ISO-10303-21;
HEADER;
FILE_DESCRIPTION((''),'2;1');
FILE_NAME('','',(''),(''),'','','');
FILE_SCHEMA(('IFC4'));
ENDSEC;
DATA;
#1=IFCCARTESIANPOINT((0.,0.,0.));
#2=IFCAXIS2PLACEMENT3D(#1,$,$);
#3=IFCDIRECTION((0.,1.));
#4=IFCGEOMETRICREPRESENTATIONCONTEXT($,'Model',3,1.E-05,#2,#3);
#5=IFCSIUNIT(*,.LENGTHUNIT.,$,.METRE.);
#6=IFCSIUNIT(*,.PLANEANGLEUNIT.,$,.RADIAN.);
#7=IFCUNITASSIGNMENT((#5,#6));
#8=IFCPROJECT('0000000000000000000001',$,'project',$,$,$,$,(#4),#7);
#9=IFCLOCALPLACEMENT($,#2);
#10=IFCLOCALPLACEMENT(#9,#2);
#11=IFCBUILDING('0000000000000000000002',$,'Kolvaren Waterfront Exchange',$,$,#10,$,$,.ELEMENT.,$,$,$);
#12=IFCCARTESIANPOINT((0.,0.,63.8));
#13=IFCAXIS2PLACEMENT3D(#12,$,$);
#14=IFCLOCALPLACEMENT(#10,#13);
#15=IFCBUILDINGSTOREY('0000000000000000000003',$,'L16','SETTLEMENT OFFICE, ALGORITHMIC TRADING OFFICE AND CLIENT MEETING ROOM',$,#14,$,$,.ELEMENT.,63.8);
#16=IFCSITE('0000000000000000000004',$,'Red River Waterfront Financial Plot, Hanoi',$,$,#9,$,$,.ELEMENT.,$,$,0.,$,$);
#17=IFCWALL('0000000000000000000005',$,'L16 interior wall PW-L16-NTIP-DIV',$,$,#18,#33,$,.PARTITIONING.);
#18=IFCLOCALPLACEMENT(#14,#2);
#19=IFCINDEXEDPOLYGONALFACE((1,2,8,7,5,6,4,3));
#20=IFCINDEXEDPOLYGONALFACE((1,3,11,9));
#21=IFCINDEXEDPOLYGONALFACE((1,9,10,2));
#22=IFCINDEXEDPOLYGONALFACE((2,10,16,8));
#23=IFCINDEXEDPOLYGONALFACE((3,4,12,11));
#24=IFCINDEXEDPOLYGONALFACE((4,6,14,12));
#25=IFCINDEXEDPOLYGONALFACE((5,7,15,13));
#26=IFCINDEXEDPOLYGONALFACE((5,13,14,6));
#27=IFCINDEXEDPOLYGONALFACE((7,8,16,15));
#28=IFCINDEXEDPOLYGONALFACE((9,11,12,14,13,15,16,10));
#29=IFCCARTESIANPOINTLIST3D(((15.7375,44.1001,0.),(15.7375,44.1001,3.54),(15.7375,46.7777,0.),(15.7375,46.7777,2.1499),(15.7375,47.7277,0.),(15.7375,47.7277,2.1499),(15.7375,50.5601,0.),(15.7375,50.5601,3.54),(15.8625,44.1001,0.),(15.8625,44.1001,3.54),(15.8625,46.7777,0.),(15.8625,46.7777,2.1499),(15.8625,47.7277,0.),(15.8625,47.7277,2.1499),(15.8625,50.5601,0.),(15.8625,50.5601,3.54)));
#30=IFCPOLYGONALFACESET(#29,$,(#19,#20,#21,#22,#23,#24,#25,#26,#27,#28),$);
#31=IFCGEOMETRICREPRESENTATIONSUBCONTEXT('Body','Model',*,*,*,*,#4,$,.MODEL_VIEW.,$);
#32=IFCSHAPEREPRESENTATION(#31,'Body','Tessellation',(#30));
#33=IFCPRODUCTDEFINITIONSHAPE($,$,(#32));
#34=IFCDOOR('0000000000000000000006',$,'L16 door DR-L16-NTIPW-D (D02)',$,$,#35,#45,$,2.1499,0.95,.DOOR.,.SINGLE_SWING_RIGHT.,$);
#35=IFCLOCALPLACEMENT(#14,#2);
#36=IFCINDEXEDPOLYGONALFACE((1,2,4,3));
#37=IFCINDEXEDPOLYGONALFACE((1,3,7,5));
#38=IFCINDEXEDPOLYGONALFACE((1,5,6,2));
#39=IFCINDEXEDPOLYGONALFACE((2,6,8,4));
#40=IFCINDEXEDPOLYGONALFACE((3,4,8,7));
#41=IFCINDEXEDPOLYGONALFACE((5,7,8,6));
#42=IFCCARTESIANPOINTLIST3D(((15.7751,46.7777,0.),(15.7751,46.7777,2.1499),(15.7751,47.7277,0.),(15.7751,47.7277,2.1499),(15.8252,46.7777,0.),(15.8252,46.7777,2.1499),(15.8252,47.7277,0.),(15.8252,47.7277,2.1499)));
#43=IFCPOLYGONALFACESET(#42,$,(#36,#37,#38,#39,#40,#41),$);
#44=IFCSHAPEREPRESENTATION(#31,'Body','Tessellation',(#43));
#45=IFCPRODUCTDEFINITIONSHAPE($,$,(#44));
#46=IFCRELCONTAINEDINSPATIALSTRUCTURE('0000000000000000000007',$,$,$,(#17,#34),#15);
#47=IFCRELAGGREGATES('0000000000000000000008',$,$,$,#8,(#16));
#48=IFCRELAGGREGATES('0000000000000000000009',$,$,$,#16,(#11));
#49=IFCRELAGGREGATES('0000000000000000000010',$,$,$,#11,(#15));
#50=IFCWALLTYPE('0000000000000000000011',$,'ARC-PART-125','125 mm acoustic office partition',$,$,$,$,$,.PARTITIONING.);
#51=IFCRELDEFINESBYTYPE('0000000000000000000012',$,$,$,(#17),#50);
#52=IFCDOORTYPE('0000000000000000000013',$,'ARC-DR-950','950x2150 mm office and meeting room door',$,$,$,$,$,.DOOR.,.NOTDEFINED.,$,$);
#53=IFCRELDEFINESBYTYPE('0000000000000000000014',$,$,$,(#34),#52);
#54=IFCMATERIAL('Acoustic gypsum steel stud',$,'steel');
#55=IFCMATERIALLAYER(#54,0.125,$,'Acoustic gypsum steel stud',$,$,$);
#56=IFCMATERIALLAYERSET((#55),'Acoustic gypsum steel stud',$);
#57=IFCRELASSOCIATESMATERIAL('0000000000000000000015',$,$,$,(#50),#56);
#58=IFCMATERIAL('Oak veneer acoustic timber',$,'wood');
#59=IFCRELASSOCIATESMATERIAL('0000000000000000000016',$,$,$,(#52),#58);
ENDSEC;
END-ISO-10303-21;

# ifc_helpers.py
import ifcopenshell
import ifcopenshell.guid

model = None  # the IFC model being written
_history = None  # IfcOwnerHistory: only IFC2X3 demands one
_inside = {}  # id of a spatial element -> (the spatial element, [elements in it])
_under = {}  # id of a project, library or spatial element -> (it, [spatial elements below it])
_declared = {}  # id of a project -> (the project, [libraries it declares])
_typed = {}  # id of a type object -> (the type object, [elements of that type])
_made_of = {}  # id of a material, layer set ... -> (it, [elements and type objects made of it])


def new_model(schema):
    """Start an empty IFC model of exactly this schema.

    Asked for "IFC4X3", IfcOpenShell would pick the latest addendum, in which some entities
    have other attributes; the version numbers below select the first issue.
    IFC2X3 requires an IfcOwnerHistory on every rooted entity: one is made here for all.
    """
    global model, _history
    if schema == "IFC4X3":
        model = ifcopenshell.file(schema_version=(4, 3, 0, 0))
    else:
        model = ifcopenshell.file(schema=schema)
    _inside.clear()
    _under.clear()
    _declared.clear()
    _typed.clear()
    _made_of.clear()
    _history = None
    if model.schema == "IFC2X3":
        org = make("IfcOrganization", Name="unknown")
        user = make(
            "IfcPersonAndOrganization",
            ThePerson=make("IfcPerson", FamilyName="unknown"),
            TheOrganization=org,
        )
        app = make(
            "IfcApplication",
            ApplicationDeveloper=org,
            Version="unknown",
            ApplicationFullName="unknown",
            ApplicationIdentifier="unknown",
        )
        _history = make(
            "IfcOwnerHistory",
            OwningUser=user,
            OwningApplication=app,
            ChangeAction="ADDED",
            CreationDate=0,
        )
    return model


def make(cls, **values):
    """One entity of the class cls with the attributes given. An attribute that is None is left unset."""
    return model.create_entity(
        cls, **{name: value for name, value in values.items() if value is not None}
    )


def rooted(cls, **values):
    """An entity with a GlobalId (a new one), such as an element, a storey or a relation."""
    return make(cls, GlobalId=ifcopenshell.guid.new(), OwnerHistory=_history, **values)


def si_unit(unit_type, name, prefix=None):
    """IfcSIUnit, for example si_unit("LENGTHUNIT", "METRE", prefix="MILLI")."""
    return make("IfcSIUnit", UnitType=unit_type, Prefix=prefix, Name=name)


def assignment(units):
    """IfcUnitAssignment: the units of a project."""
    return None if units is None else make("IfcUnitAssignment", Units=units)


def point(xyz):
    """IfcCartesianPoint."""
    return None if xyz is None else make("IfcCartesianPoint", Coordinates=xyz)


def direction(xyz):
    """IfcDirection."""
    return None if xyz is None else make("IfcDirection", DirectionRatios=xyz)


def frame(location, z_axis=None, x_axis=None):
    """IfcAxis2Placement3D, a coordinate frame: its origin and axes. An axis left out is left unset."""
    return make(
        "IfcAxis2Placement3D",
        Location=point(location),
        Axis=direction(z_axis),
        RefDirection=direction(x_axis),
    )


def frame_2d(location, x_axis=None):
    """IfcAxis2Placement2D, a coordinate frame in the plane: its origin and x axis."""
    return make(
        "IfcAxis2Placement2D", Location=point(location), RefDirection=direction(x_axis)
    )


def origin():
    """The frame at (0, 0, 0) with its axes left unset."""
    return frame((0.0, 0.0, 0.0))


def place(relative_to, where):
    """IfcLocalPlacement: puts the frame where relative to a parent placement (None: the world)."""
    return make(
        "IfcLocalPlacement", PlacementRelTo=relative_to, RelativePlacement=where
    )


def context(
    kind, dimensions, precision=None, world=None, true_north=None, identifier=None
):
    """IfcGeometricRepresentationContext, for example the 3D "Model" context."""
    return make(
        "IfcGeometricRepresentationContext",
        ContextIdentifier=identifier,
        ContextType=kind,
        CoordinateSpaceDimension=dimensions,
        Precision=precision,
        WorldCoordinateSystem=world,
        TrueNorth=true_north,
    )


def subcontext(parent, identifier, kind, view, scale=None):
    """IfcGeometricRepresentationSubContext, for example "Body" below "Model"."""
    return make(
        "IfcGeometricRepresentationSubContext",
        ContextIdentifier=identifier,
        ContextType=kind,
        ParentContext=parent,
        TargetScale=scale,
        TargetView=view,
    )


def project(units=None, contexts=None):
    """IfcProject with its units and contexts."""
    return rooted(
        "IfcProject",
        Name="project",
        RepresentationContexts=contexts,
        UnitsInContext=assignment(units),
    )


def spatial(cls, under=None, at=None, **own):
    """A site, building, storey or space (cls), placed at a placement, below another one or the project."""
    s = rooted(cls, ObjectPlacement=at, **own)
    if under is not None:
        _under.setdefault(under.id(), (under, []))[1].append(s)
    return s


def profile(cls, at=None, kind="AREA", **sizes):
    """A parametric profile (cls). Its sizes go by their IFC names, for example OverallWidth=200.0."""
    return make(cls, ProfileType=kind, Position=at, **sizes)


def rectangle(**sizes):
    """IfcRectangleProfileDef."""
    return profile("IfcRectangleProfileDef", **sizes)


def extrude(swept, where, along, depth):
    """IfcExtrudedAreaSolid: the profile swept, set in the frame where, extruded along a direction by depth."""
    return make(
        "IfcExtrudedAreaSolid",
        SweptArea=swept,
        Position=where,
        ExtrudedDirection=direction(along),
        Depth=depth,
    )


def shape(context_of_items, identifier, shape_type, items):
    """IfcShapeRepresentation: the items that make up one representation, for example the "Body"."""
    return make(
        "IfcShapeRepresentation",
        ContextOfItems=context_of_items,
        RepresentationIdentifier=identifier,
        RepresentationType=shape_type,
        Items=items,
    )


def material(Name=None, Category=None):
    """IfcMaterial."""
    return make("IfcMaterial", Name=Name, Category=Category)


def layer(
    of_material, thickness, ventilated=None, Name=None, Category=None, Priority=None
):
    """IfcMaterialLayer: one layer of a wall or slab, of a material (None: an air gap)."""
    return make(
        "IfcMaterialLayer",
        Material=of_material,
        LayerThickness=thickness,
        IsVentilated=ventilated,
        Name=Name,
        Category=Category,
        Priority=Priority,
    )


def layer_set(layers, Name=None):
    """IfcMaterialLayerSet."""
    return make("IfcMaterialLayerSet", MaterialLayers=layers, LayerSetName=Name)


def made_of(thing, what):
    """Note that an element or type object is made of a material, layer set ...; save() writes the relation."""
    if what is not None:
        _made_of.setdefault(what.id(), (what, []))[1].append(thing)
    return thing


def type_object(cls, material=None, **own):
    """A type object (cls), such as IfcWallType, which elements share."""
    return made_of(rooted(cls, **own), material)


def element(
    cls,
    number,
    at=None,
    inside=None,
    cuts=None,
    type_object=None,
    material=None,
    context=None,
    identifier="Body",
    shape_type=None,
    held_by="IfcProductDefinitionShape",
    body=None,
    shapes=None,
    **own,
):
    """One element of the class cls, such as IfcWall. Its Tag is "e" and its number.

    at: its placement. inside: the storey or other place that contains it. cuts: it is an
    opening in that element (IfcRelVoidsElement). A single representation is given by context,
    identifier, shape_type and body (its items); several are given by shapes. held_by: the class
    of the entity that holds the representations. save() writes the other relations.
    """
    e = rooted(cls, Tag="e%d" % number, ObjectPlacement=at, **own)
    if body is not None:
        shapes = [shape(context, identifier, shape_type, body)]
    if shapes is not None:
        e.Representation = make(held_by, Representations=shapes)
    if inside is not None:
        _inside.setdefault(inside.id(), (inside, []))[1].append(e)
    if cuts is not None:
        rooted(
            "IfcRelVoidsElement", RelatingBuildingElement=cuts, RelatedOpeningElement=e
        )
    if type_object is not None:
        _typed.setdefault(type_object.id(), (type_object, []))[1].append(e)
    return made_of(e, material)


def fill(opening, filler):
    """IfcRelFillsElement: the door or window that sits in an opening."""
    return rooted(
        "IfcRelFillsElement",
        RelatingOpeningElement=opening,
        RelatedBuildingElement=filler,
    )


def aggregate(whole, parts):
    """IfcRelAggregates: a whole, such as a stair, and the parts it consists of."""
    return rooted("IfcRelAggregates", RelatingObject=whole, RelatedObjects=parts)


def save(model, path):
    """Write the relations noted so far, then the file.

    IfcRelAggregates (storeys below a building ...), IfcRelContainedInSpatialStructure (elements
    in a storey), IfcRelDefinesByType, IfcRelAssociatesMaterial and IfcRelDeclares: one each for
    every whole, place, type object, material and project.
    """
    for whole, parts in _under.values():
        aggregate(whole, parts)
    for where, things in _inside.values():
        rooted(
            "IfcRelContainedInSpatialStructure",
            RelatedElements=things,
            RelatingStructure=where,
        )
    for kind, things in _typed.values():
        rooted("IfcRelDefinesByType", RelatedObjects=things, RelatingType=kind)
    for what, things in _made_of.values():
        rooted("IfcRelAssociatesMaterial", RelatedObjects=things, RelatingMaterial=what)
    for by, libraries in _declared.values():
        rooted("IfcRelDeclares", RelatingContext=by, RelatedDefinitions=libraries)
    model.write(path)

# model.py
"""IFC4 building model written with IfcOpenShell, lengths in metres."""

from ifc_helpers import new_model, si_unit, direction, frame, frame_2d, origin, place, context, subcontext, project, spatial, rectangle, extrude, material, layer, layer_set, type_object, element, fill, save


model = new_model("IFC4")

# Units and contexts
model_context = context("Model", 3, precision=1e-05, world=origin(), true_north=direction((0.0, 1.0)))
body_context = subcontext(model_context, "Body", "Model", "MODEL_VIEW")
ifc_project = project(units=[si_unit("LENGTHUNIT", "METRE"), si_unit("PLANEANGLEUNIT", "RADIAN")], contexts=[model_context])

# Site, building, storey
site_placement = place(None, origin())
site = spatial("IfcSite", under=ifc_project, at=site_placement, Name="Red River Waterfront Financial Plot, Hanoi", CompositionType="ELEMENT", RefElevation=0.0)
building_placement = place(site_placement, origin())
building = spatial("IfcBuilding", under=site, at=building_placement, Name="Kolvaren Waterfront Exchange", CompositionType="ELEMENT")
storey_placement = place(building_placement, frame((0.0, 0.0, 63.8)))
storey = spatial("IfcBuildingStorey", under=building, at=storey_placement, Name="L16", Description="SETTLEMENT OFFICE, ALGORITHMIC TRADING OFFICE AND CLIENT MEETING ROOM", CompositionType="ELEMENT", Elevation=63.8)

# Shared definitions
ifc_material_1 = material(Name="Acoustic gypsum steel stud", Category="steel")
ifc_layer_1 = layer(ifc_material_1, 0.125, Name="Acoustic gypsum steel stud")
ifc_layer_set_1 = layer_set([ifc_layer_1], Name="Acoustic gypsum steel stud")
wall_type_1 = type_object("IfcWallType", Name="ARC-PART-125", Description="125 mm acoustic office partition", PredefinedType="PARTITIONING", material=ifc_layer_set_1)

# Wall, opening, door
wall_1_placement = place(storey_placement, frame((15.8, 44.1001, 0.0), z_axis=(0.0, 0.0, 1.0), x_axis=(0.0, 1.0, 0.0)))
wall_1 = element("IfcWall", 1, at=wall_1_placement, inside=storey, type_object=wall_type_1, Name="L16 interior wall PW-L16-NTIP-DIV", PredefinedType="PARTITIONING", context=body_context, shape_type="SweptSolid", body=[
    extrude(rectangle(XDim=6.46, YDim=0.125, at=frame_2d((3.23, 0.0))), origin(), (0.0, 0.0, 1.0), 3.54),
])
opening_1_placement = place(wall_1_placement, frame((2.6775, 0.0, 0.0)))
opening_1 = element("IfcOpeningElement", 2, at=opening_1_placement, cuts=wall_1, PredefinedType="OPENING", context=body_context, shape_type="SweptSolid", body=[
    extrude(rectangle(XDim=0.95, YDim=2.1499, at=frame_2d((0.4751, 1.075))), frame((0.0, 0.0725, 0.0), z_axis=(0.0, -1.0, 0.0), x_axis=(1.0, 0.0, 0.0)), (0.0, 0.0, 1.0), 0.145),
])
ifc_material_2 = material(Name="Oak veneer acoustic timber", Category="wood")
door_type_1 = type_object("IfcDoorType", Name="ARC-DR-950", Description="950x2150 mm office and meeting room door", OperationType="NOTDEFINED", PredefinedType="DOOR", material=ifc_material_2)
door_1_placement = place(opening_1_placement, origin())
door_1 = element("IfcDoor", 3, at=door_1_placement, inside=storey, type_object=door_type_1, Name="L16 door DR-L16-NTIPW-D (D02)", OperationType="SINGLE_SWING_RIGHT", OverallHeight=2.1499, OverallWidth=0.95, PredefinedType="DOOR", context=body_context, shape_type="SweptSolid", body=[
    extrude(rectangle(XDim=0.95, YDim=2.1499, at=frame_2d((0.4751, 1.075))), frame((0.0, 0.0249, 0.0), z_axis=(0.0, -1.0, 0.0), x_axis=(1.0, 0.0, 0.0)), (0.0, 0.0, 1.0), 0.05),
])
fill(opening_1, door_1)

save(model, "model.ifc")
